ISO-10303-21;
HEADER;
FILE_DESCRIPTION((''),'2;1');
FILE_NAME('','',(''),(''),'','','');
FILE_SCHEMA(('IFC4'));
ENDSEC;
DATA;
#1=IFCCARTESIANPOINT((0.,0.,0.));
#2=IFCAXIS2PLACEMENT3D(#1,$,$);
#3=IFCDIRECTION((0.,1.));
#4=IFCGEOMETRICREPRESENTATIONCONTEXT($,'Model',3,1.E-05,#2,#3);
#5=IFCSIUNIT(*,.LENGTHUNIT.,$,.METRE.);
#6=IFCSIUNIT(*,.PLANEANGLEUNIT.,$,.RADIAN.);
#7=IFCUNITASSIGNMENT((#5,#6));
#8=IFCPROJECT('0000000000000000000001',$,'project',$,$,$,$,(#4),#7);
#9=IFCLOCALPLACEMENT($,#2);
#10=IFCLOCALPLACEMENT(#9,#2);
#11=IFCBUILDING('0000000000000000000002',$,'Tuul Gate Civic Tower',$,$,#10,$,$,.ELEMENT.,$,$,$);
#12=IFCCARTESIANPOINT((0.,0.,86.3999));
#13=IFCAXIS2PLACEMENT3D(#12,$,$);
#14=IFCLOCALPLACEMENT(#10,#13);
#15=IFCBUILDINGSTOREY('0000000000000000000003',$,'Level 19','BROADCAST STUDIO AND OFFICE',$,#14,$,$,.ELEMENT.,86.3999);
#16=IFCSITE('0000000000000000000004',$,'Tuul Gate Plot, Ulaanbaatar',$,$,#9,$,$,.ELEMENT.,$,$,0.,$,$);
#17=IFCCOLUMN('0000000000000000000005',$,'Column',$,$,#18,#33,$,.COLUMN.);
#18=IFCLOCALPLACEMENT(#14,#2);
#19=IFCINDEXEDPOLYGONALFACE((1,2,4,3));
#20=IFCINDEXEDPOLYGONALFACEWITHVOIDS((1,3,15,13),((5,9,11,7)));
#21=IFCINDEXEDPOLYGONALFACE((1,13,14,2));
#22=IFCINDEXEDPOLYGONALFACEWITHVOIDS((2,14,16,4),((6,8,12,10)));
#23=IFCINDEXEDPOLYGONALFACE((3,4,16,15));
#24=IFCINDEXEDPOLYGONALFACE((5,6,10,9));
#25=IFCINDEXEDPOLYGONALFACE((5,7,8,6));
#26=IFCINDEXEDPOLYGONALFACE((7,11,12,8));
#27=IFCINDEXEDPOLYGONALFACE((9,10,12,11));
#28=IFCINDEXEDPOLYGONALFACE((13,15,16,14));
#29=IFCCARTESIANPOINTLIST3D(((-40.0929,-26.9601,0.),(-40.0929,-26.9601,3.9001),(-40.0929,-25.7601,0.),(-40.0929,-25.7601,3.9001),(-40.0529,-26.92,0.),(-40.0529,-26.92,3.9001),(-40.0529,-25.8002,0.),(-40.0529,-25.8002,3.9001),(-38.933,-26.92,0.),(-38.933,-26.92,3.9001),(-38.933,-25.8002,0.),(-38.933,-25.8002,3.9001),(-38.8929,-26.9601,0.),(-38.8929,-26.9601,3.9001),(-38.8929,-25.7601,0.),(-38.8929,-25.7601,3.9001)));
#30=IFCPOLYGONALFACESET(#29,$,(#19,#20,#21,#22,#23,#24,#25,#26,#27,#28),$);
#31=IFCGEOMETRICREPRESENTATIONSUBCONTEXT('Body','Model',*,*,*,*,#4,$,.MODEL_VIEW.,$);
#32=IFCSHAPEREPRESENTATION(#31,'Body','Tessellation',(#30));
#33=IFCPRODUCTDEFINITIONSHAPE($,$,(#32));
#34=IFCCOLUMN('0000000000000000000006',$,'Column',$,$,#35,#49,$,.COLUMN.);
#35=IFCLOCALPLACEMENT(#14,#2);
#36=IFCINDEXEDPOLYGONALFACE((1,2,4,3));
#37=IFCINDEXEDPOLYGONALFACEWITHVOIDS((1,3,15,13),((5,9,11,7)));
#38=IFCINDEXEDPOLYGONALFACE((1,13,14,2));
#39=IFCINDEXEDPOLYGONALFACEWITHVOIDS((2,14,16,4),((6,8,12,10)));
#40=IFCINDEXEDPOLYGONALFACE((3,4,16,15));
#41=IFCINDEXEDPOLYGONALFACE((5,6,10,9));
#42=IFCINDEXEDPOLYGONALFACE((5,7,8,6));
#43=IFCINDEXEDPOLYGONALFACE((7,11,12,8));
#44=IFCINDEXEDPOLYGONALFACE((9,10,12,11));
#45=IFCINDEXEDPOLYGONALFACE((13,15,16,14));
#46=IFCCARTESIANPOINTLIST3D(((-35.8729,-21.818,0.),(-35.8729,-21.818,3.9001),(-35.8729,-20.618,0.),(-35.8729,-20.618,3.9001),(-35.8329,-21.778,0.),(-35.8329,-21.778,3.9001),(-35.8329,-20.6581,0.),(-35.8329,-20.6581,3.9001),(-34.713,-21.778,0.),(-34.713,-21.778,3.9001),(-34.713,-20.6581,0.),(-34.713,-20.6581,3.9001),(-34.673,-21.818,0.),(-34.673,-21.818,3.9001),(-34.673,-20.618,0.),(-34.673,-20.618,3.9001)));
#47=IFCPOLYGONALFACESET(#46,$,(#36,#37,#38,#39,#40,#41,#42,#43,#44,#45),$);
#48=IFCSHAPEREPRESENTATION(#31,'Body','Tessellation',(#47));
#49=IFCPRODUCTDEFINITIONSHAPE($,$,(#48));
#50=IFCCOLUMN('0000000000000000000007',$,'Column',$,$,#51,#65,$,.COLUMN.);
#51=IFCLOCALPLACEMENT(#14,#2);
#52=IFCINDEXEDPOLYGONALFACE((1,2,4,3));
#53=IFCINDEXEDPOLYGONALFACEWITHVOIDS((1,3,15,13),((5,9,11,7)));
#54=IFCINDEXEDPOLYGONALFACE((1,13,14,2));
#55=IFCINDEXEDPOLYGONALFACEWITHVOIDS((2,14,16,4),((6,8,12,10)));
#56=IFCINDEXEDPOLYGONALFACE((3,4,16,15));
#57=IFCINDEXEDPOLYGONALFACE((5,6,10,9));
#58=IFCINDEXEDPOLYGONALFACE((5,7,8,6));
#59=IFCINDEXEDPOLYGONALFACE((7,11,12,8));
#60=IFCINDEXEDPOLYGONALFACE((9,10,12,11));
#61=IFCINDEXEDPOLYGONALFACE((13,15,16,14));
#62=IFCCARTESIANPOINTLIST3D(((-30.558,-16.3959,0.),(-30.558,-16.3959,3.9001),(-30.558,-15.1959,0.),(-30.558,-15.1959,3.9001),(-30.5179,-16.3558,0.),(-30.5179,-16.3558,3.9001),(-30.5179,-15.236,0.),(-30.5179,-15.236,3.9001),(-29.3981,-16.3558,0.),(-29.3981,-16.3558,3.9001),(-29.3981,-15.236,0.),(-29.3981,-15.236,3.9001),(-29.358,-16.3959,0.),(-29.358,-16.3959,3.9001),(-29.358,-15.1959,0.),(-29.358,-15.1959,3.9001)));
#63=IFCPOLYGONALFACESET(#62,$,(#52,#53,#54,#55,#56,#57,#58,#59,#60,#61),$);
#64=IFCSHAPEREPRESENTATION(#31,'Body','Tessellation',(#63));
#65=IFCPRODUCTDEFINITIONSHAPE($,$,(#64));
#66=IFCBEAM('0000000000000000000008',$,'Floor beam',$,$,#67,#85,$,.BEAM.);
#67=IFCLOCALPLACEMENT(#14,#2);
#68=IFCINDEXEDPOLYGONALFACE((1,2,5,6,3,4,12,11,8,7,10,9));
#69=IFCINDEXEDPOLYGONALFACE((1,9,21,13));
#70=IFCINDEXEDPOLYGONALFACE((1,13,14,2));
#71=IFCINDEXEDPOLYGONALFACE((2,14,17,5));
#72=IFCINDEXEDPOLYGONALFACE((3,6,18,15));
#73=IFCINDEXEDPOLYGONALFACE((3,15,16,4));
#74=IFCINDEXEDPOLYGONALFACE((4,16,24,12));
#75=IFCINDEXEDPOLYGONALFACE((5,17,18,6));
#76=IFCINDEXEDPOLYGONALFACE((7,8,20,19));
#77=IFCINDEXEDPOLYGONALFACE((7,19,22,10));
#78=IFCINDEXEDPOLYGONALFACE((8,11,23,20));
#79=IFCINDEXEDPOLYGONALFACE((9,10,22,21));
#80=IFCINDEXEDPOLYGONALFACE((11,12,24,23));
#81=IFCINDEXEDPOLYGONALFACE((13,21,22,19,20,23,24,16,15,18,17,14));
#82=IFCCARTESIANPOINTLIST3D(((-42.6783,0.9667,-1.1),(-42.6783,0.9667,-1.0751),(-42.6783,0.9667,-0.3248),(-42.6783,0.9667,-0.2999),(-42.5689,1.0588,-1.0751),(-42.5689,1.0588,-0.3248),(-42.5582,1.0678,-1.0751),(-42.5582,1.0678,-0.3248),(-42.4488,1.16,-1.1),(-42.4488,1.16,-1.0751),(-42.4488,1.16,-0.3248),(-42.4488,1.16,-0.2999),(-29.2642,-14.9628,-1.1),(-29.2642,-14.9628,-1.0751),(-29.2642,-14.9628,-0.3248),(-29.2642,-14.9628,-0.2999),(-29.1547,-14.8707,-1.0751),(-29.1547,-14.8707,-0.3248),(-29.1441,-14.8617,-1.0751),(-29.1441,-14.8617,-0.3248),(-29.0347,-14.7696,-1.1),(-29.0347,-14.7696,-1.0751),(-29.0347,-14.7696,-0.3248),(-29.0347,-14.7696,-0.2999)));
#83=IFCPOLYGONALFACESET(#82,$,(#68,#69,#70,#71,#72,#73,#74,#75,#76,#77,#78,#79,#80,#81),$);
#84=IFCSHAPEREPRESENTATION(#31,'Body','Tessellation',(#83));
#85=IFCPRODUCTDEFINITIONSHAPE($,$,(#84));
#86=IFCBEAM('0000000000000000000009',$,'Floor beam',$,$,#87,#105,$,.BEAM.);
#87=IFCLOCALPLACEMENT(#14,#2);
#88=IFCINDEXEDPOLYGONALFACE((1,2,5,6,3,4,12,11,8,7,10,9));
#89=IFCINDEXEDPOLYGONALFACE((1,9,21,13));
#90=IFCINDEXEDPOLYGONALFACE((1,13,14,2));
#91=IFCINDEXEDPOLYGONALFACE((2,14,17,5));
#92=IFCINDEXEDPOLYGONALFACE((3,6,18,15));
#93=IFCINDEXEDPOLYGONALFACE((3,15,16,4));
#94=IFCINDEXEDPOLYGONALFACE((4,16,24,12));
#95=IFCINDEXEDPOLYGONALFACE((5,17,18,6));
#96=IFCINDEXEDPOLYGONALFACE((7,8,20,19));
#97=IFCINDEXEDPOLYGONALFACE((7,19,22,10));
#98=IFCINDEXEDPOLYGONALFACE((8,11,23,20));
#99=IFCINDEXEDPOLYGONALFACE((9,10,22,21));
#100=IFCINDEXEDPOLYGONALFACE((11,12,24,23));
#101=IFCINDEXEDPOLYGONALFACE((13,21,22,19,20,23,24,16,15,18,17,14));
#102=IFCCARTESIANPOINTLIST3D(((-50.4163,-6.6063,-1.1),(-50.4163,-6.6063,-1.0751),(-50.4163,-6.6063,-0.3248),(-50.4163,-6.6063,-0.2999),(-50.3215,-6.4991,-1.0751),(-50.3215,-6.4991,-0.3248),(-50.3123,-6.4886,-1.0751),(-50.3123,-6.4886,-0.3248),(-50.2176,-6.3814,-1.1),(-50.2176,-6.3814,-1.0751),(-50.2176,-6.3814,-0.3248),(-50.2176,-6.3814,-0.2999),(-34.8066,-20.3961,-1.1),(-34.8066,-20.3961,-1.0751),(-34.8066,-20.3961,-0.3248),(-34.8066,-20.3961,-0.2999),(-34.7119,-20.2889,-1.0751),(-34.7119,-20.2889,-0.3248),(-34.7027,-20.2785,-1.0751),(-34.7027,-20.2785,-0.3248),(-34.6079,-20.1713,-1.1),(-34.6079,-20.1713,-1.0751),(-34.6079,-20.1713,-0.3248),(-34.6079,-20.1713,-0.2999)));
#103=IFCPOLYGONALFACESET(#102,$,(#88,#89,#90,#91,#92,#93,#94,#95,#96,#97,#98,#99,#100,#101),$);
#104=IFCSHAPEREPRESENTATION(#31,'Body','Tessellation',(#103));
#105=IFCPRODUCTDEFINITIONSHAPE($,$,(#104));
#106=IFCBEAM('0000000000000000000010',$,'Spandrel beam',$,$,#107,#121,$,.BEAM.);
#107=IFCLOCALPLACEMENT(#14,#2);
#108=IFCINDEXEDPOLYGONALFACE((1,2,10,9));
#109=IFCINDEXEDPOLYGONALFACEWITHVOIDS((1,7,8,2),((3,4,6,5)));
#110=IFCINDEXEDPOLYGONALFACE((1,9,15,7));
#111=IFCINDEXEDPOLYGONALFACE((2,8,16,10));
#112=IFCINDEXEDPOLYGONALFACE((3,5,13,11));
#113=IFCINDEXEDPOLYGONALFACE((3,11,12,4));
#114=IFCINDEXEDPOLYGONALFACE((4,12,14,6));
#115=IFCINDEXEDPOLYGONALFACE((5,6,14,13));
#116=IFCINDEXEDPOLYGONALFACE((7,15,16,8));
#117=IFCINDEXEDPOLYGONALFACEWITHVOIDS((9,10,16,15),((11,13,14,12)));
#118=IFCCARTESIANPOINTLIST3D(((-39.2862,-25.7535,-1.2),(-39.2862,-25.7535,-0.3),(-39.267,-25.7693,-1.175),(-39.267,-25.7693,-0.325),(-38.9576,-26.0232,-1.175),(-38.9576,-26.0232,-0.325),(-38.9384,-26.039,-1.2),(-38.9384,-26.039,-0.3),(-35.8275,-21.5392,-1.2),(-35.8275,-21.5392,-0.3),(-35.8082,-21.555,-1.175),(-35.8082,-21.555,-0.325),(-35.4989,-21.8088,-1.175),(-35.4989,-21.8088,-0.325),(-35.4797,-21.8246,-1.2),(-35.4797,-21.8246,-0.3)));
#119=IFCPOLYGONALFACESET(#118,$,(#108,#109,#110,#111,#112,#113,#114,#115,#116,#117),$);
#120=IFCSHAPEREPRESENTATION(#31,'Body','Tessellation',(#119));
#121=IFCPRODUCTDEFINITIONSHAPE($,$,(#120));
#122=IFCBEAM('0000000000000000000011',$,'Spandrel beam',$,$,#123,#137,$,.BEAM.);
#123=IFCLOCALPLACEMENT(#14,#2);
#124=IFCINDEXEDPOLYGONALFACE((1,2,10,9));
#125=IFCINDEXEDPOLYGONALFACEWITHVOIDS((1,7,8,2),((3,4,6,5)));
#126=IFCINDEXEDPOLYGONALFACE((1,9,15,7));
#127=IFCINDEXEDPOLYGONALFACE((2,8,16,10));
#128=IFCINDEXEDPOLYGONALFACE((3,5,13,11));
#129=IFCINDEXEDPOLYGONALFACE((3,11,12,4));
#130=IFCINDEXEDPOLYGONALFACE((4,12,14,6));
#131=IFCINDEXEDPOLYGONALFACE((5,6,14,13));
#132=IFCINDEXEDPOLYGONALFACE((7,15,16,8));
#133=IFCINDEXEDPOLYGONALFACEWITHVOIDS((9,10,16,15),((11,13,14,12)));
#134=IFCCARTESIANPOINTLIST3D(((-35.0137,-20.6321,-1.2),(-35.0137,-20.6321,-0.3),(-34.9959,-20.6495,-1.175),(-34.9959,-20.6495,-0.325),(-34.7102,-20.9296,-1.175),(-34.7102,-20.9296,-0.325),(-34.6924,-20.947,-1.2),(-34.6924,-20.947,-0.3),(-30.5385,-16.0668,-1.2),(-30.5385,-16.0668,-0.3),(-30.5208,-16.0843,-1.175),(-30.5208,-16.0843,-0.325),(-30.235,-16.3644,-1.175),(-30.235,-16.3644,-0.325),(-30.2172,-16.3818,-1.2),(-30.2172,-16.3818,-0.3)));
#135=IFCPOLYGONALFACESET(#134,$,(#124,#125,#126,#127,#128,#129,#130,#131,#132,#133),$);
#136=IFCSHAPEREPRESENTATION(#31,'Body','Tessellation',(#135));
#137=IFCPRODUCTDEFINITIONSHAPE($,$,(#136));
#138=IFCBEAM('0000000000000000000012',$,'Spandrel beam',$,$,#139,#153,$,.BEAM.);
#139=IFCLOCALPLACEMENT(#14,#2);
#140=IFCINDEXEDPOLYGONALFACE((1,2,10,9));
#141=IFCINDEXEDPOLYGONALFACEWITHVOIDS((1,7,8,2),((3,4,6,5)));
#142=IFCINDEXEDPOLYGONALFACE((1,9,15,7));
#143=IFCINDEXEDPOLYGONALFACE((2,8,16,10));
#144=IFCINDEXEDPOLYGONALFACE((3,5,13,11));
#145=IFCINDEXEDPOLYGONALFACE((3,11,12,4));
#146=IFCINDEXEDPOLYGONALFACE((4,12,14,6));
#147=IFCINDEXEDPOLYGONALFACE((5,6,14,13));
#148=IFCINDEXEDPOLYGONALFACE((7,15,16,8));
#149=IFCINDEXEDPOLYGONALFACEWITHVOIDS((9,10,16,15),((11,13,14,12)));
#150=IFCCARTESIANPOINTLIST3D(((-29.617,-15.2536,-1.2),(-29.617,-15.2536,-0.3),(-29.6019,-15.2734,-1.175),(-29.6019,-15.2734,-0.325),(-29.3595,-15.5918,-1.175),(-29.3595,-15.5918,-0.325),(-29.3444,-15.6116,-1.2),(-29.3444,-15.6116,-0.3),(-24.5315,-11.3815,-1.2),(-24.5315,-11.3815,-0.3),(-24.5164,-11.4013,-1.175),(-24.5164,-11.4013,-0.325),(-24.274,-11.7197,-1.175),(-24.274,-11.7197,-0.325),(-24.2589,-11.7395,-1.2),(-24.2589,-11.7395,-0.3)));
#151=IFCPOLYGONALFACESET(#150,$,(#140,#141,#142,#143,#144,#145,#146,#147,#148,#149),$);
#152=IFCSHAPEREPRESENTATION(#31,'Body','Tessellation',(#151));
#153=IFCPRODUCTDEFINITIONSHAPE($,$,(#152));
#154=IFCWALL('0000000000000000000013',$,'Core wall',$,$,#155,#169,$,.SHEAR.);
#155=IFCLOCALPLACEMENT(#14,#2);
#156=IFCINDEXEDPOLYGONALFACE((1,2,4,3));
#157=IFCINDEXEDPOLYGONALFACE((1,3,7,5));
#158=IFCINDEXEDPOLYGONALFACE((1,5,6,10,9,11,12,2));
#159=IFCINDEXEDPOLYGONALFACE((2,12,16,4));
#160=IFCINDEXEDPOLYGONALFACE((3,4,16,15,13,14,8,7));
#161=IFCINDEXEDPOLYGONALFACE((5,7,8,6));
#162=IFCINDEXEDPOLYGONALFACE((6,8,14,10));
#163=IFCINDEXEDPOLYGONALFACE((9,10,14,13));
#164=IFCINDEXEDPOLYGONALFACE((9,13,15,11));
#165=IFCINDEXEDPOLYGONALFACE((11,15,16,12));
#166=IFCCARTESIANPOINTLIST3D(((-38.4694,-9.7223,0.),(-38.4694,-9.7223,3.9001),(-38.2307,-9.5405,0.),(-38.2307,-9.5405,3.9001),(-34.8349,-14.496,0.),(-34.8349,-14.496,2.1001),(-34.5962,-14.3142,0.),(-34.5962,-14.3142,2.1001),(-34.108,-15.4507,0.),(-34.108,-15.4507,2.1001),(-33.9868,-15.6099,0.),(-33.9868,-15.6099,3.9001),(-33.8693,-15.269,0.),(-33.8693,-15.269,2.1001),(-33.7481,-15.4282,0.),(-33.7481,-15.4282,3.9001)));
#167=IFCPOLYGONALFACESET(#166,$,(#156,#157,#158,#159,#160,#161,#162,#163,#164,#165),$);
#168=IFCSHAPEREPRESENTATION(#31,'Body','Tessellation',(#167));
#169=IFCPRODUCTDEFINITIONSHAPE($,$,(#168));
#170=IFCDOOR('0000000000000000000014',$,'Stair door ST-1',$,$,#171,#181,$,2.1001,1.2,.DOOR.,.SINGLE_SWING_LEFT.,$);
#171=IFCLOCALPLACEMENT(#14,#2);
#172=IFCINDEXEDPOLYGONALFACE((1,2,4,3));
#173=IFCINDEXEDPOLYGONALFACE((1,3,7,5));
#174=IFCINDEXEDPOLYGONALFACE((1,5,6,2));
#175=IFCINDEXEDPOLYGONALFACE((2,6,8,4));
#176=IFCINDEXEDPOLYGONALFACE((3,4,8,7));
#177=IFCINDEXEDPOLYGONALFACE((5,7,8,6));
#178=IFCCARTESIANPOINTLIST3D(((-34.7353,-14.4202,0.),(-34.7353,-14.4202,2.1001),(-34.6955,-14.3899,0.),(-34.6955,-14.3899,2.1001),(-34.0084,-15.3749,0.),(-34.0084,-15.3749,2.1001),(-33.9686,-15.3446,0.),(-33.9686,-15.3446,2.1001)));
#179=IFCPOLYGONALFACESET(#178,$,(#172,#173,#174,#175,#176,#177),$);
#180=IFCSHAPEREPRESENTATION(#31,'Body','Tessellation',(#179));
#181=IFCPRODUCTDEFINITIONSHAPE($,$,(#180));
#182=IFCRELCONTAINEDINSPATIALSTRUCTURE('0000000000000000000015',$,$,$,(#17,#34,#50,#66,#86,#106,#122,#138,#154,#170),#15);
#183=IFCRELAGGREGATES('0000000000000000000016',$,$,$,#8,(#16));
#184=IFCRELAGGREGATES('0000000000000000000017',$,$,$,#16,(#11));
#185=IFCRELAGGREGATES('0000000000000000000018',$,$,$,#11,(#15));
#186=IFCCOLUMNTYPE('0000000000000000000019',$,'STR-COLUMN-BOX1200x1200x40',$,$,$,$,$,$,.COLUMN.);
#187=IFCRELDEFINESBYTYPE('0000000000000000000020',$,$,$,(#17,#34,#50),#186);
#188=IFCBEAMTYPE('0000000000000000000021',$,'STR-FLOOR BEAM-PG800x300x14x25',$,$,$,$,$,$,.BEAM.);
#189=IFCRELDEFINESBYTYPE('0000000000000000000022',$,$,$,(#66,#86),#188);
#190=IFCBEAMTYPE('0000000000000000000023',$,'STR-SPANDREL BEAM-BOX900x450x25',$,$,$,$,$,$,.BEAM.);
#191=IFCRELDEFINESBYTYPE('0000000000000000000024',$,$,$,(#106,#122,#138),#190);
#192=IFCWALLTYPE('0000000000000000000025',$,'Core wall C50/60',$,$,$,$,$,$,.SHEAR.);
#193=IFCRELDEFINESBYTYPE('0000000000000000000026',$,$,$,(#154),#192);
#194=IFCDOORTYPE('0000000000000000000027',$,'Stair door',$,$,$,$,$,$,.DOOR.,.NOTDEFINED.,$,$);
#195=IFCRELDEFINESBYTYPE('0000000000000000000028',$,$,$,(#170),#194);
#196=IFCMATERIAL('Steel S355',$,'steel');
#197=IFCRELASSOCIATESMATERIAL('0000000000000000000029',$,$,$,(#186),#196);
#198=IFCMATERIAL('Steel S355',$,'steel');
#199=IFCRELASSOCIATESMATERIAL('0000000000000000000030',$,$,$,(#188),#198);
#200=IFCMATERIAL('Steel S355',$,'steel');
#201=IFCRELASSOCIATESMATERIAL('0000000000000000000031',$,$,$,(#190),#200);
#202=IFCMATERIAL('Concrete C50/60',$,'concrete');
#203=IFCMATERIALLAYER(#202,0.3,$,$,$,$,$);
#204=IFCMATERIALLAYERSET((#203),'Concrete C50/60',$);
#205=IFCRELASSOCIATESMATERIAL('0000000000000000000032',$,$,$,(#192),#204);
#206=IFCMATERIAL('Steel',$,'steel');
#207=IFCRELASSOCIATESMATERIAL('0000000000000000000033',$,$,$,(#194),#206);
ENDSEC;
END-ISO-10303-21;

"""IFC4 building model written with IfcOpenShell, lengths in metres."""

from ifc_helpers import new_model, si_unit, direction, frame, frame_2d, origin, origin_2d, place, context, subcontext, project, spatial, rectangle, hollow_rectangle, i_section, extrude, material, layer, layer_set, material_profile, profile_set, type_object, element, fill, save


model = new_model("IFC4")

# Units and contexts
model_context = context("Model", 3, precision=1e-05, world=origin(), true_north=direction((0.0, 1.0)))
body_context = subcontext(model_context, "Body", "Model", "MODEL_VIEW")
ifc_project = project(units=[si_unit("LENGTHUNIT", "METRE"), si_unit("PLANEANGLEUNIT", "RADIAN")], contexts=[model_context])

# Site, building, storey
site_placement = place(None, origin())
site = spatial("IfcSite", under=ifc_project, at=site_placement, Name="Tuul Gate Plot, Ulaanbaatar", CompositionType="ELEMENT", RefElevation=0.0)
building_placement = place(site_placement, origin())
building = spatial("IfcBuilding", under=site, at=building_placement, Name="Tuul Gate Civic Tower", CompositionType="ELEMENT")
storey_placement = place(building_placement, frame((0.0, 0.0, 86.3999)))
storey = spatial("IfcBuildingStorey", under=building, at=storey_placement, Name="Level 19", Description="BROADCAST STUDIO AND OFFICE", CompositionType="ELEMENT", Elevation=86.3999)

# Columns
ifc_material_1 = material(Name="Steel S355", Category="steel")
ifc_material_profile_1 = material_profile(ifc_material_1, hollow_rectangle(XDim=1.2, YDim=1.2, WallThickness=0.04, at=origin_2d()), Name="BOX1200x1200x40")
ifc_profile_set_1 = profile_set([ifc_material_profile_1], Name="Steel S355")
column_type = type_object("IfcColumnType", Name="STR-COLUMN-BOX1200x1200x40", PredefinedType="COLUMN", material=ifc_profile_set_1)
for number, where, z_axis, x_axis, name in (
    (1, (-39.4929, -26.3601, 0.0), (0.0, 0.0, 1.0), (1.0, 0.0, 0.0), "Column"),
    (2, (-35.2729, -21.218, 0.0), (0.0, 0.0, 1.0), (1.0, 0.0, 0.0), "Column"),
    (3, (-29.958, -15.7959, 0.0), (0.0, 0.0, 1.0), (1.0, 0.0, 0.0), "Column"),
):
    element("IfcColumn", number, at=place(storey_placement, frame(where, z_axis=z_axis, x_axis=x_axis)), inside=storey, type_object=column_type, Name=name, PredefinedType="COLUMN", context=body_context, shape_type="SweptSolid", body=[
        extrude(hollow_rectangle(XDim=1.2, YDim=1.2, WallThickness=0.04, at=origin_2d()), origin(), (0.0, 0.0, 1.0), 3.9001),
    ])

# Beams
ifc_material_2 = material(Name="Steel S355", Category="steel")
ifc_material_profile_2 = material_profile(ifc_material_2, i_section(OverallWidth=0.3, OverallDepth=0.8, WebThickness=0.0139, FlangeThickness=0.0249, at=origin_2d()), Name="PG800x300x14x25")
ifc_profile_set_2 = profile_set([ifc_material_profile_2], Name="Steel S355")
beam_type_1 = type_object("IfcBeamType", Name="STR-FLOOR BEAM-PG800x300x14x25", PredefinedType="BEAM", material=ifc_profile_set_2)
beam_1_placement = place(storey_placement, frame((-29.1494, -14.8662, -0.7), z_axis=(-0.64413, 0.764916, 0.0), x_axis=(-0.764916, -0.64413, 0.0)))
element("IfcBeam", 4, at=beam_1_placement, inside=storey, type_object=beam_type_1, Name="Floor beam", PredefinedType="BEAM", context=body_context, shape_type="SweptSolid", body=[
    extrude(i_section(OverallWidth=0.3, OverallDepth=0.8, WebThickness=0.0139, FlangeThickness=0.0249, at=origin_2d()), origin(), (0.0, 0.0, 1.0), 20.8252),
])
beam_2_placement = place(storey_placement, frame((-34.7073, -20.2837, -0.7), z_axis=(-0.749442, 0.66207, 0.0), x_axis=(-0.66207, -0.749442, 0.0)))
element("IfcBeam", 5, at=beam_2_placement, inside=storey, type_object=beam_type_1, Name="Floor beam", PredefinedType="BEAM", context=body_context, shape_type="SweptSolid", body=[
    extrude(i_section(OverallWidth=0.3, OverallDepth=0.8, WebThickness=0.0139, FlangeThickness=0.0249, at=origin_2d()), origin(), (0.0, 0.0, 1.0), 20.8284),
])
ifc_material_3 = material(Name="Steel S355", Category="steel")
ifc_material_profile_3 = material_profile(ifc_material_3, hollow_rectangle(XDim=0.45, YDim=0.8999, WallThickness=0.0249, at=origin_2d()), Name="BOX900x450x25")
ifc_profile_set_3 = profile_set([ifc_material_profile_3], Name="Steel S355")
beam_type_2 = type_object("IfcBeamType", Name="STR-SPANDREL BEAM-BOX900x450x25", PredefinedType="BEAM", material=ifc_profile_set_3)
beam_3_placement = place(storey_placement, frame((-39.1123, -25.8962, -0.75), z_axis=(0.634405, 0.773001, 0.0), x_axis=(-0.773001, 0.634405, 0.0)))
element("IfcBeam", 6, at=beam_3_placement, inside=storey, type_object=beam_type_2, Name="Spandrel beam", PredefinedType="BEAM", context=body_context, shape_type="SweptSolid", body=[
    extrude(hollow_rectangle(XDim=0.45, YDim=0.8999, WallThickness=0.0249, at=origin_2d()), origin(), (0.0, 0.0, 1.0), 5.4519),
])
beam_4_placement = place(storey_placement, frame((-34.853, -20.7896, -0.75), z_axis=(0.700026, 0.714118, 0.0), x_axis=(-0.714118, 0.700026, 0.0)))
element("IfcBeam", 7, at=beam_4_placement, inside=storey, type_object=beam_type_2, Name="Spandrel beam", PredefinedType="BEAM", context=body_context, shape_type="SweptSolid", body=[
    extrude(hollow_rectangle(XDim=0.45, YDim=0.8999, WallThickness=0.0249, at=origin_2d()), origin(), (0.0, 0.0, 1.0), 6.3928),
])
beam_5_placement = place(storey_placement, frame((-29.4807, -15.4326, -0.75), z_axis=(0.795625, 0.60579, 0.0), x_axis=(-0.60579, 0.795625, 0.0)))
element("IfcBeam", 8, at=beam_5_placement, inside=storey, type_object=beam_type_2, Name="Spandrel beam", PredefinedType="BEAM", context=body_context, shape_type="SweptSolid", body=[
    extrude(hollow_rectangle(XDim=0.45, YDim=0.8999, WallThickness=0.0249, at=origin_2d()), origin(), (0.0, 0.0, 1.0), 6.3918),
])

# Wall, opening, door
ifc_material_4 = material(Name="Concrete C50/60", Category="concrete")
ifc_layer_1 = layer(ifc_material_4, 0.3)
ifc_layer_set_1 = layer_set([ifc_layer_1], Name="Concrete C50/60")
wall_type_1 = type_object("IfcWallType", Name="Core wall C50/60", PredefinedType="SHEAR", material=ifc_layer_set_1)
wall_1_placement = place(storey_placement, frame((-33.8674, -15.519, 0.0), z_axis=(0.0, 0.0, 1.0), x_axis=(-0.60577, 0.79564, 0.0)))
wall_1 = element("IfcWall", 9, at=wall_1_placement, inside=storey, type_object=wall_type_1, Name="Core wall", PredefinedType="SHEAR", context=body_context, shape_type="SweptSolid", body=[
    extrude(rectangle(XDim=7.3999, YDim=0.3, at=frame_2d((3.7, 0.0))), origin(), (0.0, 0.0, 1.0), 3.9001),
])
opening_1_placement = place(wall_1_placement, frame((0.2, 0.0, 0.0)))
opening_1 = element("IfcOpeningElement", 10, at=opening_1_placement, cuts=wall_1, PredefinedType="OPENING", context=body_context, shape_type="SweptSolid", body=[
    extrude(rectangle(XDim=1.2, YDim=2.1001, at=frame_2d((0.6001, 1.05))), frame((0.0, 0.1602, 0.0), z_axis=(0.0, -1.0, 0.0), x_axis=(1.0, 0.0, 0.0)), (0.0, 0.0, 1.0), 0.3201),
])
ifc_material_5 = material(Name="Steel", Category="steel")
door_type_1 = type_object("IfcDoorType", Name="Stair door", OperationType="NOTDEFINED", PredefinedType="DOOR", material=ifc_material_5)
door_1_placement = place(opening_1_placement, origin())
door_1 = element("IfcDoor", 11, at=door_1_placement, inside=storey, type_object=door_type_1, Name="Stair door ST-1", OperationType="SINGLE_SWING_LEFT", OverallHeight=2.1001, OverallWidth=1.2, PredefinedType="DOOR", context=body_context, shape_type="SweptSolid", body=[
    extrude(rectangle(XDim=1.2, YDim=2.1001, at=frame_2d((0.6001, 1.05))), frame((0.0, 0.0249, 0.0), z_axis=(0.0, -1.0, 0.0), x_axis=(1.0, 0.0, 0.0)), (0.0, 0.0, 1.0), 0.05),
])
fill(opening_1, door_1)

save(model, "model.ifc")
